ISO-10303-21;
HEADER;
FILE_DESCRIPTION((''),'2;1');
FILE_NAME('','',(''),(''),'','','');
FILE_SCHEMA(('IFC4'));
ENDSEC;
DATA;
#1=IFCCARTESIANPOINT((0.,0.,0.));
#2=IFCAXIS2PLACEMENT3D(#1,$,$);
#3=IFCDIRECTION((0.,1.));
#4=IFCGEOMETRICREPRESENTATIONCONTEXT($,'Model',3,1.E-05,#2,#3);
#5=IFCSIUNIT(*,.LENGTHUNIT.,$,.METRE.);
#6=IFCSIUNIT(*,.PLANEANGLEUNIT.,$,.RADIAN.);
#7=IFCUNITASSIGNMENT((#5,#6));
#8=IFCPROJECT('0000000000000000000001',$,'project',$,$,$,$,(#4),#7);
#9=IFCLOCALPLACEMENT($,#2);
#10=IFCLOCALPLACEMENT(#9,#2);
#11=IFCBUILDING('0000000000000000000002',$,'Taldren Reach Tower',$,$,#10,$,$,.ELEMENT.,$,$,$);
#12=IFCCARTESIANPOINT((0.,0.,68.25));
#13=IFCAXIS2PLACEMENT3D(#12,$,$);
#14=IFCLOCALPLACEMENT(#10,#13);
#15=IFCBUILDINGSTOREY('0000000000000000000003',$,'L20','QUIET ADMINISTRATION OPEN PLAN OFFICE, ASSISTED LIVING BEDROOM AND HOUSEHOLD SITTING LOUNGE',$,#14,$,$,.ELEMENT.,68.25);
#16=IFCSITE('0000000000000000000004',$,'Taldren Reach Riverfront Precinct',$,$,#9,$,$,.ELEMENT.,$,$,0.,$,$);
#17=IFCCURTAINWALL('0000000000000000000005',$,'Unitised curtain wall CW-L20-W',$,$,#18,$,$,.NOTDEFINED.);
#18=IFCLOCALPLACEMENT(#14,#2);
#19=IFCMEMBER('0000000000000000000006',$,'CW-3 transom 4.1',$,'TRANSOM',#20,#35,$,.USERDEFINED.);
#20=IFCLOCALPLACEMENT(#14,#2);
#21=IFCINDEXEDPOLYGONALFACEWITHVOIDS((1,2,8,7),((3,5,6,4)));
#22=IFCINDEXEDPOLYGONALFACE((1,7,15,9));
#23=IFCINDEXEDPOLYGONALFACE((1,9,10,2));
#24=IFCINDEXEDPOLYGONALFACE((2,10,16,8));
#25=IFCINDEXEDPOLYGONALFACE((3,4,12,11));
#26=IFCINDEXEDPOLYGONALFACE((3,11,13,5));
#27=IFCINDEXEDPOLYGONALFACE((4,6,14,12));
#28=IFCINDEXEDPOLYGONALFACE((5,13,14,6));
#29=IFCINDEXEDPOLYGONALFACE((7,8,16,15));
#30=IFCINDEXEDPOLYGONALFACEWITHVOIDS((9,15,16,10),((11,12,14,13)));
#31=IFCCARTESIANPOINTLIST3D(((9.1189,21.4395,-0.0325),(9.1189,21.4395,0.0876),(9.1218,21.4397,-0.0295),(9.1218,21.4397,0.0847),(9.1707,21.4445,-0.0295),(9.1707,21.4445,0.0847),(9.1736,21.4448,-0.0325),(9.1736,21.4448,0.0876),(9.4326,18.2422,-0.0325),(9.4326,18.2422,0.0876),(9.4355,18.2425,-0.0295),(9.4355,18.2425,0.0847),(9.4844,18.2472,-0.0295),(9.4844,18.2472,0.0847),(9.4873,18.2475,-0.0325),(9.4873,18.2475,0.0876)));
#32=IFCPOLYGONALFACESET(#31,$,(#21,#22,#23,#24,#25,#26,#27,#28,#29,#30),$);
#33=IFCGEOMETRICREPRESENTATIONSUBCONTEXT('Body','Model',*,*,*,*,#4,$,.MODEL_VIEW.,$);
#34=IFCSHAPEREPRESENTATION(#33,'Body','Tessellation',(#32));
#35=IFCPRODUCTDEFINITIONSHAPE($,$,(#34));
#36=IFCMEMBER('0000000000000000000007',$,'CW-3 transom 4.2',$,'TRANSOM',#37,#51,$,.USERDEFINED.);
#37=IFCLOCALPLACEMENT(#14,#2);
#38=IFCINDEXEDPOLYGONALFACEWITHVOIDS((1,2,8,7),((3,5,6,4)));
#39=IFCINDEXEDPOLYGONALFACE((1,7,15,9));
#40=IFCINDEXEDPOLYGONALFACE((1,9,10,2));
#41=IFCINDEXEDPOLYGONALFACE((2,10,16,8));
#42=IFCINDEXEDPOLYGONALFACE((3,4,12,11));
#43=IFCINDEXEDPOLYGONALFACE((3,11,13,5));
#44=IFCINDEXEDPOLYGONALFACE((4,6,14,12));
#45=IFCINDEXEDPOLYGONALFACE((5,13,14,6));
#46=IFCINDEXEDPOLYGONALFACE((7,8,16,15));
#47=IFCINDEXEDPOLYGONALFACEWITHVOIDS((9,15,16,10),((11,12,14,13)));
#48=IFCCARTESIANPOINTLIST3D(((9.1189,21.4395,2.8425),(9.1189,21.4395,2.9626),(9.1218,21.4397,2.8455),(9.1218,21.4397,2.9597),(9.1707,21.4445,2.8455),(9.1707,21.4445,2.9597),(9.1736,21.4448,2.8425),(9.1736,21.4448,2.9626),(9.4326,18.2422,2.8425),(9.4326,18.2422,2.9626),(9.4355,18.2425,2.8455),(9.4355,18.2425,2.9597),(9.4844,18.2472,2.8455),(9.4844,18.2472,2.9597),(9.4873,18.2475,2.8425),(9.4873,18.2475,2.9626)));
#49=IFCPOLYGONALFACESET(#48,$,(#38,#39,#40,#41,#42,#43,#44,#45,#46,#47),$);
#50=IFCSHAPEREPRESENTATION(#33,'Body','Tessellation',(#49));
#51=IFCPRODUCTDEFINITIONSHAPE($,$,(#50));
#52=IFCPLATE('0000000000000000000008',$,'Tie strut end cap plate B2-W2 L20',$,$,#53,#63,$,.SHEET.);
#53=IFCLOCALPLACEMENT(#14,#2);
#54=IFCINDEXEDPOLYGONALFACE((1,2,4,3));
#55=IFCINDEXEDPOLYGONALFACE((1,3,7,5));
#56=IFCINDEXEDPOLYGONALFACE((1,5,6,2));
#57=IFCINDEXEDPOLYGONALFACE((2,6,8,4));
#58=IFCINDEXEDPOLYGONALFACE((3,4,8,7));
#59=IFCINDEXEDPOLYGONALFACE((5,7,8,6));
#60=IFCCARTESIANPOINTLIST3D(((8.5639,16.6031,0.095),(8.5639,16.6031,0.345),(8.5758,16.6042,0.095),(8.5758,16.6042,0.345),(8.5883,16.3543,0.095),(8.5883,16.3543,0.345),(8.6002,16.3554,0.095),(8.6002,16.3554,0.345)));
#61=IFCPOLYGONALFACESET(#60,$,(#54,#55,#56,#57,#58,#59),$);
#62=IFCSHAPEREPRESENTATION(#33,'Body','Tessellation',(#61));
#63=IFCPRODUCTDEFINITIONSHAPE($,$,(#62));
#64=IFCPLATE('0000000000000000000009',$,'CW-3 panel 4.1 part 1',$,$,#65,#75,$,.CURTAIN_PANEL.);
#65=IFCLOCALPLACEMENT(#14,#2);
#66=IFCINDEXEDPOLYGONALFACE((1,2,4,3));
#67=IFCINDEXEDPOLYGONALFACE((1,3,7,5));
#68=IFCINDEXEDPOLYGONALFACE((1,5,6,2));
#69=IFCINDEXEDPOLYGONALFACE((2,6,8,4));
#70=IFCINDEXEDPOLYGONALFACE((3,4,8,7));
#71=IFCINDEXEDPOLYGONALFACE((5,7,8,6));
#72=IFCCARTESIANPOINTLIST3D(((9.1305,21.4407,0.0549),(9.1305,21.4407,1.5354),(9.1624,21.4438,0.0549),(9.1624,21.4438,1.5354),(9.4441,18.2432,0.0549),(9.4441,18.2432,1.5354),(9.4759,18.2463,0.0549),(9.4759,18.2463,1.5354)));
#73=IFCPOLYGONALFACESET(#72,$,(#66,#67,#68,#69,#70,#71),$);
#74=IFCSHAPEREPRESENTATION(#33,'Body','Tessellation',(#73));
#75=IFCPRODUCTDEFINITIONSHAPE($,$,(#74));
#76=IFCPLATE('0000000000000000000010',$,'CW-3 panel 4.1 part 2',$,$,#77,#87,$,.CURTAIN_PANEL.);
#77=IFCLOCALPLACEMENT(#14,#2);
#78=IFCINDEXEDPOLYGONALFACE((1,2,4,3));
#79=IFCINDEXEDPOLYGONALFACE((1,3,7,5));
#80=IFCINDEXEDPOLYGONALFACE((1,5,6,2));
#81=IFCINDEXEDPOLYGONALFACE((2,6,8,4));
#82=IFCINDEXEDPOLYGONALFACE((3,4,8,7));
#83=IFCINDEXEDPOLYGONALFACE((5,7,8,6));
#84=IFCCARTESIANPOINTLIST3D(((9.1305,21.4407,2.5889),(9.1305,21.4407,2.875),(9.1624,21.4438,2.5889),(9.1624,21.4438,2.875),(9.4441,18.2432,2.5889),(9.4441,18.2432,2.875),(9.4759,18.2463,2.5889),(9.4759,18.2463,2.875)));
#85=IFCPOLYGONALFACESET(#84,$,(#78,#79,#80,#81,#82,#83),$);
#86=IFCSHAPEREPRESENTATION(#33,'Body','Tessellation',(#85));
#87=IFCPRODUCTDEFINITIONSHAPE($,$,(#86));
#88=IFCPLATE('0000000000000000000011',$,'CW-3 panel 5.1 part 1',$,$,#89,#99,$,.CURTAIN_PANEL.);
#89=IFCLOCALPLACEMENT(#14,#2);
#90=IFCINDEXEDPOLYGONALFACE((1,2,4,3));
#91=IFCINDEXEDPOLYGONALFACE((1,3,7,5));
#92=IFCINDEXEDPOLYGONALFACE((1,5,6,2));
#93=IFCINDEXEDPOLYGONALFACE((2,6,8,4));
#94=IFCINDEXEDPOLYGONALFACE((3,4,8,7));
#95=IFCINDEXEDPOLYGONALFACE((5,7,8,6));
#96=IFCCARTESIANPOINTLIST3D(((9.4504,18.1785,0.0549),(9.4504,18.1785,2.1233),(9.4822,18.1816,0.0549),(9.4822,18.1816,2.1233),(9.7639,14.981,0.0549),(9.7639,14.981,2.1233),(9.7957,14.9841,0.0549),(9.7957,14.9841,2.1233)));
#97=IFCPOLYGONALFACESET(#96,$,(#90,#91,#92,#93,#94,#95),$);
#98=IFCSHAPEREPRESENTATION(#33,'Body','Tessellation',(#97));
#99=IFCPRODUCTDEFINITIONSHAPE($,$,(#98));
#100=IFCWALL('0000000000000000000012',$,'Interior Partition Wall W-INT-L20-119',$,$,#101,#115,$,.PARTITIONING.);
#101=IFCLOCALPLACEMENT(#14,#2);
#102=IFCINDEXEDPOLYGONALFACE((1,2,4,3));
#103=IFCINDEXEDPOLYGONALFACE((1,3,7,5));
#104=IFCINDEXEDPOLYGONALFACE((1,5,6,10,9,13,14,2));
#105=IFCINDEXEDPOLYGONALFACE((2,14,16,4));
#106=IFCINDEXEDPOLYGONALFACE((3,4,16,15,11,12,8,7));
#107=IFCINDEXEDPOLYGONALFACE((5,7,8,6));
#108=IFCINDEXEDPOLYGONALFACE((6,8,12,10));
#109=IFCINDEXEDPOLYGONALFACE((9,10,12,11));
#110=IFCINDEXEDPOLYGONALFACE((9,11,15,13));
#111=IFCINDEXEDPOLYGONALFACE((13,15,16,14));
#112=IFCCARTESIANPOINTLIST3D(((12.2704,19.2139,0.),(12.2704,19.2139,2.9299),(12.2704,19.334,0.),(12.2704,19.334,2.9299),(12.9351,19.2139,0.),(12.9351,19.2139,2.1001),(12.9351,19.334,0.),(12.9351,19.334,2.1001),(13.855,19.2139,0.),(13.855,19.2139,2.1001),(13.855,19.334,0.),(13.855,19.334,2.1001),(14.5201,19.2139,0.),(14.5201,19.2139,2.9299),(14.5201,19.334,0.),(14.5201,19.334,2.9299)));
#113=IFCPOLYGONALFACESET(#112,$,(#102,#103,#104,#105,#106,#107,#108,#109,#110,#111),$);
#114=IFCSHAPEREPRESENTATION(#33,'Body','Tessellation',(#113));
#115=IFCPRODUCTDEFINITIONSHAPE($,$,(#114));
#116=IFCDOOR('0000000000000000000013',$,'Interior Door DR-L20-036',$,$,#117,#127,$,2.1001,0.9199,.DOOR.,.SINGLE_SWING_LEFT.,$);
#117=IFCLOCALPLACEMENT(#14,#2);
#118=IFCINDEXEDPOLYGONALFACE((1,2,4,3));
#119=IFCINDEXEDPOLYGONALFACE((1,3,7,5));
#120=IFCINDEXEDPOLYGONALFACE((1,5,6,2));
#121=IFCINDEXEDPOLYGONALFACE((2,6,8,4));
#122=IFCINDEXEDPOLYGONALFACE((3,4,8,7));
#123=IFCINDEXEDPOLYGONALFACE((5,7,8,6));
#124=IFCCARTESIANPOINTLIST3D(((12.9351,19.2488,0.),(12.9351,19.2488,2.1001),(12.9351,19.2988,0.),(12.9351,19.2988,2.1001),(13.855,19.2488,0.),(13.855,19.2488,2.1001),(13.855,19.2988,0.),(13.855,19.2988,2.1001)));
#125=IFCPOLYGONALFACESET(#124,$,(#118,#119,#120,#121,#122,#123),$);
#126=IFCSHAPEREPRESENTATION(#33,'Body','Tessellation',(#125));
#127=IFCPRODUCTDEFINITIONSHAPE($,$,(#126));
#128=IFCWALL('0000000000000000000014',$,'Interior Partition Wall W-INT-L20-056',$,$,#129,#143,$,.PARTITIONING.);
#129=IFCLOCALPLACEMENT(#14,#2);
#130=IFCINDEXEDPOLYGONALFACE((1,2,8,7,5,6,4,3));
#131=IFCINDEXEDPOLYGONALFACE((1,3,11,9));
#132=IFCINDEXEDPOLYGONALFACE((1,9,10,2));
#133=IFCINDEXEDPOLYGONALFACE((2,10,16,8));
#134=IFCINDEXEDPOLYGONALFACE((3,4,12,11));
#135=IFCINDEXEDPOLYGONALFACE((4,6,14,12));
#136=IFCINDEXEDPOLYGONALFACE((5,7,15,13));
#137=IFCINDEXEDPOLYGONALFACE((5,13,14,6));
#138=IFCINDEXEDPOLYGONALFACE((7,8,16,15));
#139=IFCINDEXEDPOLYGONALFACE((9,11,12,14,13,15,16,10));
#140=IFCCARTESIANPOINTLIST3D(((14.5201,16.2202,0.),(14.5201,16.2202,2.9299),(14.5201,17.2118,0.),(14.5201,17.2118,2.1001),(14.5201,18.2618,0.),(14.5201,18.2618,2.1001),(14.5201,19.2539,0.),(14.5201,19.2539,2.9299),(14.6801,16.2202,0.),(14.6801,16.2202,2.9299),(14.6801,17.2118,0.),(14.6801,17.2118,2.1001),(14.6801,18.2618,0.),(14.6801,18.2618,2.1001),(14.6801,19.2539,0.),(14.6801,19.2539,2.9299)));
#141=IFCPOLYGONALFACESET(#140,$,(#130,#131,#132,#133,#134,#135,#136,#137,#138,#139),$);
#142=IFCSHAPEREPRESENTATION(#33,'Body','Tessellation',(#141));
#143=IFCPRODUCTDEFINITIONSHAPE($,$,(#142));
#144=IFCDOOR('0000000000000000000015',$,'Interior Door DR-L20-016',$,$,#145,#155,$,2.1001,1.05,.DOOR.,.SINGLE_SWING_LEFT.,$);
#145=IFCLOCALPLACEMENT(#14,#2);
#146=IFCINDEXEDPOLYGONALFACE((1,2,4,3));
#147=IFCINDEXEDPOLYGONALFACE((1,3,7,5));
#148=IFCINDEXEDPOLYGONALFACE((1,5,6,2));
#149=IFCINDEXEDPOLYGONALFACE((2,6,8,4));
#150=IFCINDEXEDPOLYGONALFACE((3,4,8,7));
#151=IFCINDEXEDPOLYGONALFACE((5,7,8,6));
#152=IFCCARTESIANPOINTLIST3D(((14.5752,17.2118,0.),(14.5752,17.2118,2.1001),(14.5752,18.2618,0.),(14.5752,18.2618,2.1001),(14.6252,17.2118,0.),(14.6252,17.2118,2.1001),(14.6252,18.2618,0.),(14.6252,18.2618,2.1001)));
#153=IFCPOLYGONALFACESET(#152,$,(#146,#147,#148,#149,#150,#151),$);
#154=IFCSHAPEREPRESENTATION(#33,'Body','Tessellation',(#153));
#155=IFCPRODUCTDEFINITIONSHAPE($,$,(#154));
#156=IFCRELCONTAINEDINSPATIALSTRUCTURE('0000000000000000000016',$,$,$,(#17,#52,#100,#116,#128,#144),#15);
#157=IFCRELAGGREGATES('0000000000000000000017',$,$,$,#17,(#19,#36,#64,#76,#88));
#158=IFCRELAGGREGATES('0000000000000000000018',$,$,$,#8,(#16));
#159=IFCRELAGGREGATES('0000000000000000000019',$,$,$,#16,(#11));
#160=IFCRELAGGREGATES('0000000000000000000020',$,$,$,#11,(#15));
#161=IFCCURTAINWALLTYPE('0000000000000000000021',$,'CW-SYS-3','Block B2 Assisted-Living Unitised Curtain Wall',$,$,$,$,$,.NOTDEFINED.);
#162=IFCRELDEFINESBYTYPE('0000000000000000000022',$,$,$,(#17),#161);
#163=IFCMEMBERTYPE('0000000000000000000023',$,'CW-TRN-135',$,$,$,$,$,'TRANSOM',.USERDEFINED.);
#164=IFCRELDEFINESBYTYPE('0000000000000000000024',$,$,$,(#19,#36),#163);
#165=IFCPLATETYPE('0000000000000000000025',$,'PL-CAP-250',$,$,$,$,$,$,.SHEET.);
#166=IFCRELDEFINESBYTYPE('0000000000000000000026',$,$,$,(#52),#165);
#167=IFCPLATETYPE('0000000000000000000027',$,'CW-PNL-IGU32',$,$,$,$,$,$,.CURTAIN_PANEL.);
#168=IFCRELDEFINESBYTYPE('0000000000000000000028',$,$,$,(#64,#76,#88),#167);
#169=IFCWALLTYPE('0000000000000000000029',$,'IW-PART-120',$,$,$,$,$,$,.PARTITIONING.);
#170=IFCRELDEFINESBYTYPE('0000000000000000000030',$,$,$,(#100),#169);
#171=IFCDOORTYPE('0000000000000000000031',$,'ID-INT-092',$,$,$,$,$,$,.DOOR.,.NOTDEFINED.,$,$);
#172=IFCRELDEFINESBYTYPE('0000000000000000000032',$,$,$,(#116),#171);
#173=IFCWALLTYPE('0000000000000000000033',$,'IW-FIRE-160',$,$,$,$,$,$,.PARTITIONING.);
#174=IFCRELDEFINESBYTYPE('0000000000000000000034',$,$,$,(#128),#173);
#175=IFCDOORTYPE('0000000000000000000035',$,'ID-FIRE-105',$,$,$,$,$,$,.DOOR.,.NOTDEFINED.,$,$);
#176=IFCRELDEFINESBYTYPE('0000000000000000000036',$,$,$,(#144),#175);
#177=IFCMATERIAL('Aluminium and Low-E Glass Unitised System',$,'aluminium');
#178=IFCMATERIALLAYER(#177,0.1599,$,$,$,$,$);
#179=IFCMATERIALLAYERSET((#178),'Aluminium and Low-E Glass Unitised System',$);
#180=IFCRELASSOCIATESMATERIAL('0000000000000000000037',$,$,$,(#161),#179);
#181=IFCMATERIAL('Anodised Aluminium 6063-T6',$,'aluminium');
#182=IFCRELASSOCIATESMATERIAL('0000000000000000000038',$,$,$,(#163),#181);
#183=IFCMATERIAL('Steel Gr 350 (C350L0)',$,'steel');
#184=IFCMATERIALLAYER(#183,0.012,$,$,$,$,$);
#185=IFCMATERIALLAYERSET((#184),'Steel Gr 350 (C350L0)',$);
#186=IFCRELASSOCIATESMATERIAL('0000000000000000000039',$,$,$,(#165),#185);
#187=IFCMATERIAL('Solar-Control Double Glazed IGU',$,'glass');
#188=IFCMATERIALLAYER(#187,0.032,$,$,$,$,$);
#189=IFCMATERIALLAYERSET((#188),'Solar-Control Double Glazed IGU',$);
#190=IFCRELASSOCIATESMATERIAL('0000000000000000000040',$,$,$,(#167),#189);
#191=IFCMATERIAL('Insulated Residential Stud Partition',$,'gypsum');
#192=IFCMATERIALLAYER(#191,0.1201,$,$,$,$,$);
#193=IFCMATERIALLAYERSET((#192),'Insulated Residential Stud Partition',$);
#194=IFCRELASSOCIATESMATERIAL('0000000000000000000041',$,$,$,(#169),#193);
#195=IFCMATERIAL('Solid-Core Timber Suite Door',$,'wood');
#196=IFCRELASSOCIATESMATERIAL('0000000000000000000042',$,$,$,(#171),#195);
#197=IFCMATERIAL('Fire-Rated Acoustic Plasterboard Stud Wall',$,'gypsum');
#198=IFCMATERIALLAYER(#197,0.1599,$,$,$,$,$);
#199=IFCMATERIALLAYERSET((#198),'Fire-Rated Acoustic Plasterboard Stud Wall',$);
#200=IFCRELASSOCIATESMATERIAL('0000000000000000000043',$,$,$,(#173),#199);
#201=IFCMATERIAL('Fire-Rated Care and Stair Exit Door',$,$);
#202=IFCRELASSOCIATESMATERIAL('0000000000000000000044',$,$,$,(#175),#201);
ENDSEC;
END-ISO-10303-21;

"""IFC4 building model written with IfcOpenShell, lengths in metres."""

from ifc_helpers import new_model, si_unit, direction, frame, frame_2d, origin, origin_2d, place, context, subcontext, project, spatial, rectangle, hollow_rectangle, extrude, source, transform, mapped, material, layer, layer_set, material_profile, profile_set, type_object, element, fill, aggregate, save


model = new_model("IFC4")

# Units and contexts
model_context = context("Model", 3, precision=1e-05, world=origin(), true_north=direction((0.0, 1.0)))
body_context = subcontext(model_context, "Body", "Model", "MODEL_VIEW")
ifc_project = project(units=[si_unit("LENGTHUNIT", "METRE"), si_unit("PLANEANGLEUNIT", "RADIAN")], contexts=[model_context])

# Site, building, storey
site_placement = place(None, origin())
site = spatial("IfcSite", under=ifc_project, at=site_placement, Name="Taldren Reach Riverfront Precinct", CompositionType="ELEMENT", RefElevation=0.0)
building_placement = place(site_placement, origin())
building = spatial("IfcBuilding", under=site, at=building_placement, Name="Taldren Reach Tower", CompositionType="ELEMENT")
storey_placement = place(building_placement, frame((0.0, 0.0, 68.25)))
storey = spatial("IfcBuildingStorey", under=building, at=storey_placement, Name="L20", Description="QUIET ADMINISTRATION OPEN PLAN OFFICE, ASSISTED LIVING BEDROOM AND HOUSEHOLD SITTING LOUNGE", CompositionType="ELEMENT", Elevation=68.25)

# Shared definitions
ifc_material_1 = material(Name="Steel Gr 350 (C350L0)", Category="steel")

# Curtain wall, members
ifc_material_2 = material(Name="Aluminium and Low-E Glass Unitised System", Category="aluminium")
ifc_layer_1 = layer(ifc_material_2, 0.1599)
ifc_layer_set_1 = layer_set([ifc_layer_1], Name="Aluminium and Low-E Glass Unitised System")
curtain_wall_type = type_object("IfcCurtainWallType", Name="CW-SYS-3", Description="Block B2 Assisted-Living Unitised Curtain Wall", PredefinedType="NOTDEFINED", material=ifc_layer_set_1)
curtain_wall_placement = place(storey_placement, origin())
curtain_wall = element("IfcCurtainWall", 1, at=curtain_wall_placement, inside=storey, type_object=curtain_wall_type, Name="Unitised curtain wall CW-L20-W", PredefinedType="NOTDEFINED")
ifc_material_3 = material(Name="Anodised Aluminium 6063-T6", Category="aluminium")
ifc_material_profile_1 = material_profile(ifc_material_3, hollow_rectangle(XDim=0.0549, YDim=0.1201, WallThickness=0.0029, at=origin_2d()), Name="ALU-120x55x3RHS")
ifc_profile_set_1 = profile_set([ifc_material_profile_1], Name="Anodised Aluminium 6063-T6")
member_type_1 = type_object("IfcMemberType", Name="CW-TRN-135", ElementType="TRANSOM", PredefinedType="USERDEFINED", material=ifc_profile_set_1)
shared_shape_1 = source(origin(), body_context, "Body", "SweptSolid", [
    extrude(hollow_rectangle(XDim=0.0549, YDim=0.1201, WallThickness=0.0029, at=origin_2d()), origin(), (0.0, 0.0, 1.0), 3.2126),
])
member_1_placement = place(storey_placement, frame((9.1462, 21.4421, 0.0276), z_axis=(0.097653, -0.995221, 0.0), x_axis=(0.995221, 0.097653, 0.0)))
member_1 = element("IfcMember", 2, at=member_1_placement, type_object=member_type_1, Name="CW-3 transom 4.1", ObjectType="TRANSOM", PredefinedType="USERDEFINED", context=body_context, shape_type="MappedRepresentation", body=[
    mapped(shared_shape_1, transform((0.0, 0.0, 0.0), scale=1.0)),
])
member_2_placement = place(storey_placement, frame((9.1462, 21.4421, 2.9026), z_axis=(0.097653, -0.995221, 0.0), x_axis=(0.995221, 0.097653, 0.0)))
member_2 = element("IfcMember", 3, at=member_2_placement, type_object=member_type_1, Name="CW-3 transom 4.2", ObjectType="TRANSOM", PredefinedType="USERDEFINED", context=body_context, shape_type="MappedRepresentation", body=[
    mapped(shared_shape_1, transform((0.0, 0.0, 0.0), scale=1.0)),
])

# Plates
ifc_layer_2 = layer(ifc_material_1, 0.012)
ifc_layer_set_2 = layer_set([ifc_layer_2], Name="Steel Gr 350 (C350L0)")
plate_type_1 = type_object("IfcPlateType", Name="PL-CAP-250", PredefinedType="SHEET", material=ifc_layer_set_2)
shared_shape_2 = source(origin(), body_context, "Body", "SweptSolid", [
    extrude(rectangle(XDim=0.012, YDim=0.25, at=origin_2d()), origin(), (0.0, 0.0, 1.0), 0.25),
])
plate_1_placement = place(storey_placement, frame((8.582, 16.4792, 0.095), z_axis=(0.0, 0.0, 1.0), x_axis=(0.995227, 0.097583, 0.0)))
element("IfcPlate", 4, at=plate_1_placement, inside=storey, type_object=plate_type_1, Name="Tie strut end cap plate B2-W2 L20", PredefinedType="SHEET", context=body_context, shape_type="MappedRepresentation", body=[
    mapped(shared_shape_2, transform((0.0, 0.0, 0.0), scale=1.0)),
])
ifc_material_4 = material(Name="Solar-Control Double Glazed IGU", Category="glass")
ifc_layer_3 = layer(ifc_material_4, 0.032)
ifc_layer_set_3 = layer_set([ifc_layer_3], Name="Solar-Control Double Glazed IGU")
plate_type_2 = type_object("IfcPlateType", Name="CW-PNL-IGU32", PredefinedType="CURTAIN_PANEL", material=ifc_layer_set_3)
shared_shape_3 = source(origin(), body_context, "Body", "SweptSolid", [
    extrude(rectangle(XDim=3.2129, YDim=0.032, at=origin_2d()), origin(), (0.0, 0.0, 1.0), 1.4805),
])
plate_2_placement = place(storey_placement, frame((9.3032, 19.8435, 0.0549), z_axis=(0.0, 0.0, 1.0), x_axis=(0.097583, -0.995227, 0.0)))
plate_2 = element("IfcPlate", 5, at=plate_2_placement, type_object=plate_type_2, Name="CW-3 panel 4.1 part 1", PredefinedType="CURTAIN_PANEL", context=body_context, shape_type="MappedRepresentation", body=[
    mapped(shared_shape_3, transform((0.0, 0.0, 0.0), scale=1.0)),
])
shared_shape_4 = source(origin(), body_context, "Body", "SweptSolid", [
    extrude(rectangle(XDim=3.2129, YDim=0.032, at=origin_2d()), origin(), (0.0, 0.0, 1.0), 0.2861),
])
plate_3_placement = place(storey_placement, frame((9.3032, 19.8435, 2.5889), z_axis=(0.0, 0.0, 1.0), x_axis=(0.097583, -0.995227, 0.0)))
plate_3 = element("IfcPlate", 6, at=plate_3_placement, type_object=plate_type_2, Name="CW-3 panel 4.1 part 2", PredefinedType="CURTAIN_PANEL", context=body_context, shape_type="MappedRepresentation", body=[
    mapped(shared_shape_4, transform((0.0, 0.0, 0.0), scale=1.0)),
])
shared_shape_5 = source(origin(), body_context, "Body", "SweptSolid", [
    extrude(rectangle(XDim=3.2129, YDim=0.032, at=origin_2d()), origin(), (0.0, 0.0, 1.0), 2.0684),
])
plate_4_placement = place(storey_placement, frame((9.623, 16.5813, 0.0549), z_axis=(0.0, 0.0, 1.0), x_axis=(0.097583, -0.995227, 0.0)))
plate_4 = element("IfcPlate", 7, at=plate_4_placement, type_object=plate_type_2, Name="CW-3 panel 5.1 part 1", PredefinedType="CURTAIN_PANEL", context=body_context, shape_type="MappedRepresentation", body=[
    mapped(shared_shape_5, transform((0.0, 0.0, 0.0), scale=1.0)),
])
aggregate(curtain_wall, [member_1, member_2, plate_2, plate_3, plate_4])

# Walls, openings, doors
ifc_material_5 = material(Name="Insulated Residential Stud Partition", Category="gypsum")
ifc_layer_4 = layer(ifc_material_5, 0.1201)
ifc_layer_set_4 = layer_set([ifc_layer_4], Name="Insulated Residential Stud Partition")
wall_type_1 = type_object("IfcWallType", Name="IW-PART-120", PredefinedType="PARTITIONING", material=ifc_layer_set_4)
shared_shape_6 = source(origin(), body_context, "Body", "SweptSolid", [
    extrude(rectangle(XDim=2.2498, YDim=0.1201, at=frame_2d((1.125, 0.0))), origin(), (0.0, 0.0, 1.0), 2.9299),
])
wall_1_placement = place(storey_placement, frame((12.2703, 19.2739, 0.0), z_axis=(0.0, 0.0, 1.0), x_axis=(1.0, 0.0, 0.0)))
wall_1 = element("IfcWall", 8, at=wall_1_placement, inside=storey, type_object=wall_type_1, Name="Interior Partition Wall W-INT-L20-119", PredefinedType="PARTITIONING", context=body_context, shape_type="MappedRepresentation", body=[
    mapped(shared_shape_6, transform((0.0, 0.0, 0.0), scale=1.0)),
])
shared_shape_7 = source(origin(), body_context, "Body", "SweptSolid", [
    extrude(rectangle(XDim=0.9199, YDim=2.1001, at=frame_2d((0.46, 1.05))), frame((0.0, 0.0701, 0.0), z_axis=(0.0, -1.0, 0.0), x_axis=(1.0, 0.0, 0.0)), (0.0, 0.0, 1.0), 0.1401),
])
opening_1_placement = place(wall_1_placement, frame((0.6648, 0.0, 0.0)))
opening_1 = element("IfcOpeningElement", 9, at=opening_1_placement, cuts=wall_1, PredefinedType="OPENING", context=body_context, shape_type="MappedRepresentation", body=[
    mapped(shared_shape_7, transform((0.0, 0.0, 0.0), scale=1.0)),
])
ifc_material_6 = material(Name="Solid-Core Timber Suite Door", Category="wood")
door_type_1 = type_object("IfcDoorType", Name="ID-INT-092", OperationType="NOTDEFINED", PredefinedType="DOOR", material=ifc_material_6)
shared_shape_8 = source(origin(), body_context, "Body", "SweptSolid", [
    extrude(rectangle(XDim=0.9199, YDim=2.1001, at=frame_2d((0.46, 1.05))), frame((0.0, 0.0249, 0.0), z_axis=(0.0, -1.0, 0.0), x_axis=(1.0, 0.0, 0.0)), (0.0, 0.0, 1.0), 0.05),
])
door_1_placement = place(opening_1_placement, origin())
door_1 = element("IfcDoor", 10, at=door_1_placement, inside=storey, type_object=door_type_1, Name="Interior Door DR-L20-036", OperationType="SINGLE_SWING_LEFT", OverallHeight=2.1001, OverallWidth=0.9199, PredefinedType="DOOR", context=body_context, shape_type="MappedRepresentation", body=[
    mapped(shared_shape_8, transform((0.0, 0.0, 0.0), scale=1.0)),
])
fill(opening_1, door_1)
ifc_material_7 = material(Name="Fire-Rated Acoustic Plasterboard Stud Wall", Category="gypsum")
ifc_layer_5 = layer(ifc_material_7, 0.1599)
ifc_layer_set_5 = layer_set([ifc_layer_5], Name="Fire-Rated Acoustic Plasterboard Stud Wall")
wall_type_2 = type_object("IfcWallType", Name="IW-FIRE-160", PredefinedType="PARTITIONING", material=ifc_layer_set_5)
shared_shape_9 = source(origin(), body_context, "Body", "SweptSolid", [
    extrude(rectangle(XDim=3.0337, YDim=0.1599, at=frame_2d((1.5168, 0.0))), origin(), (0.0, 0.0, 1.0), 2.9299),
])
wall_2_placement = place(storey_placement, frame((14.6001, 16.2202, 0.0), z_axis=(0.0, 0.0, 1.0), x_axis=(0.0, 1.0, 0.0)))
wall_2 = element("IfcWall", 11, at=wall_2_placement, inside=storey, type_object=wall_type_2, Name="Interior Partition Wall W-INT-L20-056", PredefinedType="PARTITIONING", context=body_context, shape_type="MappedRepresentation", body=[
    mapped(shared_shape_9, transform((0.0, 0.0, 0.0), scale=1.0)),
])
shared_shape_10 = source(origin(), body_context, "Body", "SweptSolid", [
    extrude(rectangle(XDim=1.05, YDim=2.1001, at=frame_2d((0.5249, 1.05))), frame((0.0, 0.0898, 0.0), z_axis=(0.0, -1.0, 0.0), x_axis=(1.0, 0.0, 0.0)), (0.0, 0.0, 1.0), 0.1799),
])
opening_2_placement = place(wall_2_placement, frame((0.9917, 0.0, 0.0)))
opening_2 = element("IfcOpeningElement", 12, at=opening_2_placement, cuts=wall_2, PredefinedType="OPENING", context=body_context, shape_type="MappedRepresentation", body=[
    mapped(shared_shape_10, transform((0.0, 0.0, 0.0), scale=1.0)),
])
ifc_material_8 = material(Name="Fire-Rated Care and Stair Exit Door")
door_type_2 = type_object("IfcDoorType", Name="ID-FIRE-105", OperationType="NOTDEFINED", PredefinedType="DOOR", material=ifc_material_8)
shared_shape_11 = source(origin(), body_context, "Body", "SweptSolid", [
    extrude(rectangle(XDim=1.05, YDim=2.1001, at=frame_2d((0.5249, 1.05))), frame((0.0, 0.0249, 0.0), z_axis=(0.0, -1.0, 0.0), x_axis=(1.0, 0.0, 0.0)), (0.0, 0.0, 1.0), 0.05),
])
door_2_placement = place(opening_2_placement, origin())
door_2 = element("IfcDoor", 13, at=door_2_placement, inside=storey, type_object=door_type_2, Name="Interior Door DR-L20-016", OperationType="SINGLE_SWING_LEFT", OverallHeight=2.1001, OverallWidth=1.05, PredefinedType="DOOR", context=body_context, shape_type="MappedRepresentation", body=[
    mapped(shared_shape_11, transform((0.0, 0.0, 0.0), scale=1.0)),
])
fill(opening_2, door_2)

save(model, "model.ifc")
